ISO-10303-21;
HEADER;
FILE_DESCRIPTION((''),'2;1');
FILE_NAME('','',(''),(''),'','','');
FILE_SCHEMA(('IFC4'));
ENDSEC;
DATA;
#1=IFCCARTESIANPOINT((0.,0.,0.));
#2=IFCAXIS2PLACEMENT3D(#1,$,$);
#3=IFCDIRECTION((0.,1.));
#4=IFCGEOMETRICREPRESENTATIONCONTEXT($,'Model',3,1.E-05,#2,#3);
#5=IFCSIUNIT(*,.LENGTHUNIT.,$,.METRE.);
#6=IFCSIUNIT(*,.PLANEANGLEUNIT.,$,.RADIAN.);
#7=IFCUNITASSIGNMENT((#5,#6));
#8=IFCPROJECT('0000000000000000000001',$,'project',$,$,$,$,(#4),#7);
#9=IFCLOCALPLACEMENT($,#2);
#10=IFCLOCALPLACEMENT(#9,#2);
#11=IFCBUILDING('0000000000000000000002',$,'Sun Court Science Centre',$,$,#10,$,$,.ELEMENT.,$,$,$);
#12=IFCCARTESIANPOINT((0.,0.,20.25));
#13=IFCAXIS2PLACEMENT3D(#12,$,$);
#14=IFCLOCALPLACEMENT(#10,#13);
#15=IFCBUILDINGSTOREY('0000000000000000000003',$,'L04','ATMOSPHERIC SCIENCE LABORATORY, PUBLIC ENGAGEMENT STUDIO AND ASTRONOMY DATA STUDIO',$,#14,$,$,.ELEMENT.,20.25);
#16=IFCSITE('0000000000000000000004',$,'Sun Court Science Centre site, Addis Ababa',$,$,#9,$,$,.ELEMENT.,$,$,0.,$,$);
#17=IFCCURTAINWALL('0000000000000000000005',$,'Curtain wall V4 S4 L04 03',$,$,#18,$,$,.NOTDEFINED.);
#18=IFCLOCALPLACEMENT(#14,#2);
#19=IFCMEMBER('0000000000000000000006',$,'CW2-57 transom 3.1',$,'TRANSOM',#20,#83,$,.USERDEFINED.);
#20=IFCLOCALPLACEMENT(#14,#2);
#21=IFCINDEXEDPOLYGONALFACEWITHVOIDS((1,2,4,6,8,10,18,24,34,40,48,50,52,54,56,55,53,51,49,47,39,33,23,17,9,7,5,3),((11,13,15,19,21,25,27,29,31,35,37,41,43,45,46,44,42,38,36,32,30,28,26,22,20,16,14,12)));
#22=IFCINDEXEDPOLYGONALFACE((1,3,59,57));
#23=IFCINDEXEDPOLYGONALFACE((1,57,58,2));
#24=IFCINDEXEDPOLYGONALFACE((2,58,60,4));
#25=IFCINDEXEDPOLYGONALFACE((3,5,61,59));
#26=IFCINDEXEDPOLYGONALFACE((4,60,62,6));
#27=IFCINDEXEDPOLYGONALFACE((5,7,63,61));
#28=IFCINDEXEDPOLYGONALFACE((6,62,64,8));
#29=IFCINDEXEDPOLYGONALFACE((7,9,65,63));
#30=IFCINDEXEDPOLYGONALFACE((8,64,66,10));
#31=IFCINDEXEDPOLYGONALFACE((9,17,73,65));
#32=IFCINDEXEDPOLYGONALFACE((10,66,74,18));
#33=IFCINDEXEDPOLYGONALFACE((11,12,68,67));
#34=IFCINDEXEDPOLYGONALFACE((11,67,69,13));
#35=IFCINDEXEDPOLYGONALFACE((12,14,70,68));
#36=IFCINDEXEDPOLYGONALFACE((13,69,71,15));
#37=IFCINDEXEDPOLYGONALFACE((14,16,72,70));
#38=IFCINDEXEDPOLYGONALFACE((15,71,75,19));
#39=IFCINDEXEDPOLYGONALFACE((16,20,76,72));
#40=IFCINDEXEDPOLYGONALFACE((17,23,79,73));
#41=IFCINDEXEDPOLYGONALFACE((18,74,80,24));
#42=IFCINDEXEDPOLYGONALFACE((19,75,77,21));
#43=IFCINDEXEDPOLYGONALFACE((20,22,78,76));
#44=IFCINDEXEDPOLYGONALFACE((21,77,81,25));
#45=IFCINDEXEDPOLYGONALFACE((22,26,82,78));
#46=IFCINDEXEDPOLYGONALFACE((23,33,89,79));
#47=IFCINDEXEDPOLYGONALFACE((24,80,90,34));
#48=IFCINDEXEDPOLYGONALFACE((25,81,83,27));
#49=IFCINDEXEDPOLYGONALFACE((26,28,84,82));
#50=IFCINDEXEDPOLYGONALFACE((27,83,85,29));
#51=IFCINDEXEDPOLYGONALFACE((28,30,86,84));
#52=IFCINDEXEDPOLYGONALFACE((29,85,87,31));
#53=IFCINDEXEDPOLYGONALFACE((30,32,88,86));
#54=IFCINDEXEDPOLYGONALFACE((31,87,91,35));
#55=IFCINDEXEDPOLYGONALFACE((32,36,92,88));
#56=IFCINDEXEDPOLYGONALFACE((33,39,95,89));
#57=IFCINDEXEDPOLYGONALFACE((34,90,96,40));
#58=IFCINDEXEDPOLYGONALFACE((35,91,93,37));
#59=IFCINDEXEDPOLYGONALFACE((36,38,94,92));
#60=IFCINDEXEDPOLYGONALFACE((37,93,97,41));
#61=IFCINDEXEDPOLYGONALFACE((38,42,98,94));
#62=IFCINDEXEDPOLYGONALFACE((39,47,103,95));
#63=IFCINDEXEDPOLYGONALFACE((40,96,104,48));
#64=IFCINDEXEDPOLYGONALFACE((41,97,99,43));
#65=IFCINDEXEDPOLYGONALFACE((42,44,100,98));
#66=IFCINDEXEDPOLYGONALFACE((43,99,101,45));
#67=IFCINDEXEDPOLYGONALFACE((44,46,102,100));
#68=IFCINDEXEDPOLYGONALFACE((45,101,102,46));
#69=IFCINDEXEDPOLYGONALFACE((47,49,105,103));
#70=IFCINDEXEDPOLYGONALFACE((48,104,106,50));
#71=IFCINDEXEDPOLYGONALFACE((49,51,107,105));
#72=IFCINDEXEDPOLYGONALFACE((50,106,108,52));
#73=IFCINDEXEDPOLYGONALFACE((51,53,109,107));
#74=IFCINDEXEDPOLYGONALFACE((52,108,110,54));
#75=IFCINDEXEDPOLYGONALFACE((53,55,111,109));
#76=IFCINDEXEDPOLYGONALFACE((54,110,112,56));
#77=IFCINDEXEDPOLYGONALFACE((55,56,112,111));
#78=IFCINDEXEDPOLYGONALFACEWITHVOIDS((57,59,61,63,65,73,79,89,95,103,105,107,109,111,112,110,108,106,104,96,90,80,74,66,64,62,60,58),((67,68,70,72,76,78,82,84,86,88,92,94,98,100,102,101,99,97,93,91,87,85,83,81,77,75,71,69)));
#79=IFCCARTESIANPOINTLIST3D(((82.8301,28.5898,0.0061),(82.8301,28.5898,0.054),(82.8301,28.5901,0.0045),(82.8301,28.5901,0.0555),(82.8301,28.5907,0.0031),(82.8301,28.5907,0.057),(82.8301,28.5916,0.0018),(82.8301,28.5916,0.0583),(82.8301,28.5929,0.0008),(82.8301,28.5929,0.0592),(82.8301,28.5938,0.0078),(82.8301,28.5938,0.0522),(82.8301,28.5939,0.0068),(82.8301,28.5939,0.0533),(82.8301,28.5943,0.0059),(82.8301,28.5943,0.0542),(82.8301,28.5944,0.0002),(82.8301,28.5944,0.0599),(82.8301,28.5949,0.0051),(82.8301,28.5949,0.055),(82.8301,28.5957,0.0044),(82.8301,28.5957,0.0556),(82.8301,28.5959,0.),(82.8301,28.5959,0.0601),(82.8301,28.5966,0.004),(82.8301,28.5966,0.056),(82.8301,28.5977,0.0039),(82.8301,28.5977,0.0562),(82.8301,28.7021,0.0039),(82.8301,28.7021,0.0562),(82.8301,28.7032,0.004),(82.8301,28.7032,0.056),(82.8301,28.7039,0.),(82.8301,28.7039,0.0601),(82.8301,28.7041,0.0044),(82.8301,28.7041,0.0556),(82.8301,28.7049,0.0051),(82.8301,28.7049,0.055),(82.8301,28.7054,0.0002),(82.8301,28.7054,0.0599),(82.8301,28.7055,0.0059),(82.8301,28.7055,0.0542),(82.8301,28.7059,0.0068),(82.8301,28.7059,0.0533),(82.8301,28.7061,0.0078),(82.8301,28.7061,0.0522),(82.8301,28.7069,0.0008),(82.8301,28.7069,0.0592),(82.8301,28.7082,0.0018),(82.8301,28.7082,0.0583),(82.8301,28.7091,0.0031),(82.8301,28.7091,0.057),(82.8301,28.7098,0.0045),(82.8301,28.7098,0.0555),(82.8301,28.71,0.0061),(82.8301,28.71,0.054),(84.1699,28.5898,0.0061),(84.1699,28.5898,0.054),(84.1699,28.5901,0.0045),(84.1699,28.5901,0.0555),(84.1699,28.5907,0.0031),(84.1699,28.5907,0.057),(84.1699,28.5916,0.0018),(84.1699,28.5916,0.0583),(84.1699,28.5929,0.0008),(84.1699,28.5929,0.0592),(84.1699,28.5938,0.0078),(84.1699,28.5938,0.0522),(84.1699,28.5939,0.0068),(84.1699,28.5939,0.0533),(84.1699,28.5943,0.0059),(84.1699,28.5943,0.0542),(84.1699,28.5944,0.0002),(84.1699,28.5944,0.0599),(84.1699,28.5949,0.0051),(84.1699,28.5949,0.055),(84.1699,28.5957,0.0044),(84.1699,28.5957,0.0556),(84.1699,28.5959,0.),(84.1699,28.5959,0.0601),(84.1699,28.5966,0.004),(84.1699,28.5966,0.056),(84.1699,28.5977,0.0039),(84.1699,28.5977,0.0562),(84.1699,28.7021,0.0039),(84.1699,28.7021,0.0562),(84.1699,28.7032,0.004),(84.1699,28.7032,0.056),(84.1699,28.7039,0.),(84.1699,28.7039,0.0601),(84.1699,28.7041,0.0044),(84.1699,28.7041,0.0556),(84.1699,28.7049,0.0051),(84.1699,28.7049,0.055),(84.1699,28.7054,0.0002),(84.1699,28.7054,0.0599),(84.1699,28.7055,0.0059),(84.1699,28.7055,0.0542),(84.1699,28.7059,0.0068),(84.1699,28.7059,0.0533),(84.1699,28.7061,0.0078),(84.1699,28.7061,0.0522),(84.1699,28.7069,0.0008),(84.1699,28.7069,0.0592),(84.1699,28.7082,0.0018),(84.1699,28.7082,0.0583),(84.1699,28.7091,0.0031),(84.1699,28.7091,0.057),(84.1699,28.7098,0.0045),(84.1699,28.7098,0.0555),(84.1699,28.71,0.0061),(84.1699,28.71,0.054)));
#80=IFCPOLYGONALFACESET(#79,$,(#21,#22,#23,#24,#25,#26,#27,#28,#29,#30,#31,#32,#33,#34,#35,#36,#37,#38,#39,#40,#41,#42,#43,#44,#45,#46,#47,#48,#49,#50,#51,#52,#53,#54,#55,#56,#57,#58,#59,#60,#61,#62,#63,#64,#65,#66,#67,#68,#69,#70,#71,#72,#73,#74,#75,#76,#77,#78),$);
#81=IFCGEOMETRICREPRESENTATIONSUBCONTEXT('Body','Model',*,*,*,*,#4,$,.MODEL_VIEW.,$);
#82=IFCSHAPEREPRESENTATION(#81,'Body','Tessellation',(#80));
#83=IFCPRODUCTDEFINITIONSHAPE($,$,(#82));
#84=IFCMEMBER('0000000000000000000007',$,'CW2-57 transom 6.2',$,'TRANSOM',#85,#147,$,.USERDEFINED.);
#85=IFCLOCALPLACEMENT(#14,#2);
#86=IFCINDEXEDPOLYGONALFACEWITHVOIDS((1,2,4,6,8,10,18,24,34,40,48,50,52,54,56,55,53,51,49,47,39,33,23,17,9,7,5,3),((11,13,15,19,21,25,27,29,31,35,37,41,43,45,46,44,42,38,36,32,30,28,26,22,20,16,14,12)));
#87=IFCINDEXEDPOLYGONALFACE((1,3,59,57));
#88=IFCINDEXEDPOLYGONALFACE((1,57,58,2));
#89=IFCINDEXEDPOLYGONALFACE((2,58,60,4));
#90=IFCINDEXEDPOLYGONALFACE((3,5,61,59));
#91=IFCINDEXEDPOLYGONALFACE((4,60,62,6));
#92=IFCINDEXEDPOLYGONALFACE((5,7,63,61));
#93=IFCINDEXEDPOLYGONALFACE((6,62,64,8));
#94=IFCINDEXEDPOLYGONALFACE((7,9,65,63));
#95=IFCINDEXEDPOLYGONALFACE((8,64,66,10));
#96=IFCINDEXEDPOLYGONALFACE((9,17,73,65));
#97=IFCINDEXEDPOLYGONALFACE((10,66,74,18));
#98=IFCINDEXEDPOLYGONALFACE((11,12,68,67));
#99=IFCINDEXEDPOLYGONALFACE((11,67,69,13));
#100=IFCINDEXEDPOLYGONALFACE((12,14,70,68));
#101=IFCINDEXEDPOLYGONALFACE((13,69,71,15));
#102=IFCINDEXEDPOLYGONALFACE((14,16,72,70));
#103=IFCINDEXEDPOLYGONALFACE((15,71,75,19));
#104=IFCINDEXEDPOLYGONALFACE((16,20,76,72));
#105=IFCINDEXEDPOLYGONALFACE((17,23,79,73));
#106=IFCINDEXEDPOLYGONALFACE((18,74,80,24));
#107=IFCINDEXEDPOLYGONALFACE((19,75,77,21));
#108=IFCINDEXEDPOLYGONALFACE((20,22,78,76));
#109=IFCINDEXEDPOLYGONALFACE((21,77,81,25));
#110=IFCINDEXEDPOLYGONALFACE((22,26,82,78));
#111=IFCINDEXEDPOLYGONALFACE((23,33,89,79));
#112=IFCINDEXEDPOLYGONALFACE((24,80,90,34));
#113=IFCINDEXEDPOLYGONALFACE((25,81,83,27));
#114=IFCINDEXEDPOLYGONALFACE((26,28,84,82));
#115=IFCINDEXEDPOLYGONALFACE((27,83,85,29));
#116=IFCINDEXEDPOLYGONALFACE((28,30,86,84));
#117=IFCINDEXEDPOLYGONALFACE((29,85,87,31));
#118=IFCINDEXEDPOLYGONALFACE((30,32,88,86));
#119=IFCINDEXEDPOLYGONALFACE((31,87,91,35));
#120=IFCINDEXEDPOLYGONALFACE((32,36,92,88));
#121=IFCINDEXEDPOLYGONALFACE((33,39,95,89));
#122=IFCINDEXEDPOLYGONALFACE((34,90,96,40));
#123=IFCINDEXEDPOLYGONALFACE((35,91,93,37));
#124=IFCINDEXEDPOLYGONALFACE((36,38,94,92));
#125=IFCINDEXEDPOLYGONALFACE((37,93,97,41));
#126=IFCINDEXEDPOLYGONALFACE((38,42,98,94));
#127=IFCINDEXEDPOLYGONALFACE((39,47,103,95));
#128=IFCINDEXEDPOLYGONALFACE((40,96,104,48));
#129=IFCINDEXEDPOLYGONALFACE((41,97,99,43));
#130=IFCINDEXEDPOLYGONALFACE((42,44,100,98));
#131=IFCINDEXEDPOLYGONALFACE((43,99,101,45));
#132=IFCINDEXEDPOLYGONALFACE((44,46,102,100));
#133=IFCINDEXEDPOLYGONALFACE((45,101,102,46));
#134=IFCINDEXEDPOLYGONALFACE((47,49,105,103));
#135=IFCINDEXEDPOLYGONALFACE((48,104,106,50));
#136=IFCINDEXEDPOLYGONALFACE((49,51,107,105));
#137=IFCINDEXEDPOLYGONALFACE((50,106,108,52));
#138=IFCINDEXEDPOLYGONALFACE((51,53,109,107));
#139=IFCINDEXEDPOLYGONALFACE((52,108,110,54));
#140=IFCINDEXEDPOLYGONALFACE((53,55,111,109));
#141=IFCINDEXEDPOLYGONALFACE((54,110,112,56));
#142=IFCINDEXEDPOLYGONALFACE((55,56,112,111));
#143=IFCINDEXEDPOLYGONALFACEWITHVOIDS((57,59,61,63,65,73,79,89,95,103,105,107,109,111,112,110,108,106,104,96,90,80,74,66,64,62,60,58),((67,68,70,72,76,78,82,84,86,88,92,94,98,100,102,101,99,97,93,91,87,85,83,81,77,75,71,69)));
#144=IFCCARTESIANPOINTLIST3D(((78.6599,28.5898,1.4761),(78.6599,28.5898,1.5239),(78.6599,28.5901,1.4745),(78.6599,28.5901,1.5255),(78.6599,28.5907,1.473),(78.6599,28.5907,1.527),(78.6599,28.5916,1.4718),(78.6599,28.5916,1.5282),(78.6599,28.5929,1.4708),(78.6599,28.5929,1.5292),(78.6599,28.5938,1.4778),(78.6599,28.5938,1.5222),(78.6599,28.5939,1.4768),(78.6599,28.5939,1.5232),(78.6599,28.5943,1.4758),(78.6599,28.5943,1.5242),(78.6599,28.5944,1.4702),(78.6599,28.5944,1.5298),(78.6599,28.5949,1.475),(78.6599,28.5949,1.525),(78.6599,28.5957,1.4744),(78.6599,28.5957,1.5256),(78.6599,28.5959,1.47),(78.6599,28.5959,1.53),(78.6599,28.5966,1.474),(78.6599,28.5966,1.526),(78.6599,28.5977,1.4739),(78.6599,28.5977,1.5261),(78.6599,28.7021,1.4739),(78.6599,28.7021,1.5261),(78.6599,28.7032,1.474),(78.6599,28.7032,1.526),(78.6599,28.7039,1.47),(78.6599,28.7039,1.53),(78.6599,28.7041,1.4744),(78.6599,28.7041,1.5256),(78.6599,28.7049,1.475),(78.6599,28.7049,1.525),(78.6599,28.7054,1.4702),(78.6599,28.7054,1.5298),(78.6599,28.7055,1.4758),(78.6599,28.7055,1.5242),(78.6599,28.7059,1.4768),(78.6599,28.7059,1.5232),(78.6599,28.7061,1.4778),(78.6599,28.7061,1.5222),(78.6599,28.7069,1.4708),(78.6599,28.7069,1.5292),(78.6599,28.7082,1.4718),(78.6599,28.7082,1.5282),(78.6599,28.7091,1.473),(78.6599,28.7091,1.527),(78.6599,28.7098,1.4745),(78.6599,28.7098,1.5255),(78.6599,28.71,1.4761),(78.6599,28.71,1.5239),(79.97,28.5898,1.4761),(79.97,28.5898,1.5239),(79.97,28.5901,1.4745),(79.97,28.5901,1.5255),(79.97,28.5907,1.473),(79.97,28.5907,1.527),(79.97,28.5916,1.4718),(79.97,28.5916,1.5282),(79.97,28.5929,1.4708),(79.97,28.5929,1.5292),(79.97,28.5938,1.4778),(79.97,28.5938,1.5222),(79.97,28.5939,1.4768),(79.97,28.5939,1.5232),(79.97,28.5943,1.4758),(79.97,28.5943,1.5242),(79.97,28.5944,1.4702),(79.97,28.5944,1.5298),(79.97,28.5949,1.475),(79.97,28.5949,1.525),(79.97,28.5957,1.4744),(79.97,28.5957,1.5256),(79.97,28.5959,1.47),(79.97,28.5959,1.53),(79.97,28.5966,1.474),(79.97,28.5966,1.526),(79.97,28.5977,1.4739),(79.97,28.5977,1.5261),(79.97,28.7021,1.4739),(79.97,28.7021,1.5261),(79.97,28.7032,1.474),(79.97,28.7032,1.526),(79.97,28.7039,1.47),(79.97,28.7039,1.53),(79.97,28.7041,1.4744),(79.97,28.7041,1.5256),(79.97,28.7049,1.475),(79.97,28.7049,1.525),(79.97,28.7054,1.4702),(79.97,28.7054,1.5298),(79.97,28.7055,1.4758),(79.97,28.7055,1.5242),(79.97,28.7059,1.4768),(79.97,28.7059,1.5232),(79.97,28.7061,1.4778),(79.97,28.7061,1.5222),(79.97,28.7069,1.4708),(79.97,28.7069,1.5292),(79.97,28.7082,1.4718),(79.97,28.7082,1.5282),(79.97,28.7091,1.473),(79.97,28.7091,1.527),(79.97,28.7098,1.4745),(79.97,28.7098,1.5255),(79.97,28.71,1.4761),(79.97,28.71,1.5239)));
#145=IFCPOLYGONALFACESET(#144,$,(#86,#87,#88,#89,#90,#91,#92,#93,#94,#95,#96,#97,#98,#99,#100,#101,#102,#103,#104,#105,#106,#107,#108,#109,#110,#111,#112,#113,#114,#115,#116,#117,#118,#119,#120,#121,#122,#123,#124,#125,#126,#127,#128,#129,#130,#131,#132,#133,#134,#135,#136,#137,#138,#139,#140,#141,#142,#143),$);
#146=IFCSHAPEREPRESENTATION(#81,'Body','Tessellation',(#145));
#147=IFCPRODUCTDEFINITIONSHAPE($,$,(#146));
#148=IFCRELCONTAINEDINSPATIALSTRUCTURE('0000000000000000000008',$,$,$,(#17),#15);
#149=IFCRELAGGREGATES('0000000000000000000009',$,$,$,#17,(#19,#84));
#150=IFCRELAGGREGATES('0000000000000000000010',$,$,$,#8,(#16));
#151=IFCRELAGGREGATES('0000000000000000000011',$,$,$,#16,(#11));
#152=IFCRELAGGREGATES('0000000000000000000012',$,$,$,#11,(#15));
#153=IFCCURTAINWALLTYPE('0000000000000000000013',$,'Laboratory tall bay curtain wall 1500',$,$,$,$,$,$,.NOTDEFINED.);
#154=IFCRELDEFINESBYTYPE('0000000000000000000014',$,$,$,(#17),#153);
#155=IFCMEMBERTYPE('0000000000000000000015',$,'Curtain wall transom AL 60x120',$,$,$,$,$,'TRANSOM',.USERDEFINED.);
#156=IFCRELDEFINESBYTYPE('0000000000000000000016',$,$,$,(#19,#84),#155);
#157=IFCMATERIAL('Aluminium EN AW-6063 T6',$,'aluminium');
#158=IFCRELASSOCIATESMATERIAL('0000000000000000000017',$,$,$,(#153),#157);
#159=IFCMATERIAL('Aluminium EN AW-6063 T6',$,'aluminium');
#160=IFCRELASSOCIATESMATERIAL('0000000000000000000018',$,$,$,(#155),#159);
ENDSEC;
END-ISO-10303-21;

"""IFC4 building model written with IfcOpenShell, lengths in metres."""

from ifc_helpers import new_model, si_unit, direction, frame, origin, origin_2d, place, context, subcontext, project, spatial, hollow_rectangle, extrude, material, material_profile, profile_set, type_object, element, aggregate, save


model = new_model("IFC4")

# Units and contexts
model_context = context("Model", 3, precision=1e-05, world=origin(), true_north=direction((0.0, 1.0)))
body_context = subcontext(model_context, "Body", "Model", "MODEL_VIEW")
ifc_project = project(units=[si_unit("LENGTHUNIT", "METRE"), si_unit("PLANEANGLEUNIT", "RADIAN")], contexts=[model_context])

# Site, building, storey
site_placement = place(None, origin())
site = spatial("IfcSite", under=ifc_project, at=site_placement, Name="Sun Court Science Centre site, Addis Ababa", CompositionType="ELEMENT", RefElevation=0.0)
building_placement = place(site_placement, origin())
building = spatial("IfcBuilding", under=site, at=building_placement, Name="Sun Court Science Centre", CompositionType="ELEMENT")
storey_placement = place(building_placement, frame((0.0, 0.0, 20.25)))
storey = spatial("IfcBuildingStorey", under=building, at=storey_placement, Name="L04", Description="ATMOSPHERIC SCIENCE LABORATORY, PUBLIC ENGAGEMENT STUDIO AND ASTRONOMY DATA STUDIO", CompositionType="ELEMENT", Elevation=20.25)

# Curtain wall, members
ifc_material_1 = material(Name="Aluminium EN AW-6063 T6", Category="aluminium")
curtain_wall_type = type_object("IfcCurtainWallType", Name="Laboratory tall bay curtain wall 1500", PredefinedType="NOTDEFINED", material=ifc_material_1)
curtain_wall_placement = place(storey_placement, origin())
curtain_wall = element("IfcCurtainWall", 1, at=curtain_wall_placement, inside=storey, type_object=curtain_wall_type, Name="Curtain wall V4 S4 L04 03", PredefinedType="NOTDEFINED")
ifc_material_2 = material(Name="Aluminium EN AW-6063 T6", Category="aluminium")
ifc_material_profile_1 = material_profile(ifc_material_2, hollow_rectangle(XDim=0.0601, YDim=0.1201, WallThickness=0.0039, InnerFilletRadius=0.0039, OuterFilletRadius=0.0061, at=origin_2d()), Name="AL 60x120x4")
ifc_profile_set_1 = profile_set([ifc_material_profile_1], Name="Aluminium EN AW-6063 T6")
member_type_1 = type_object("IfcMemberType", Name="Curtain wall transom AL 60x120", ElementType="TRANSOM", PredefinedType="USERDEFINED", material=ifc_profile_set_1)
member_1_placement = place(storey_placement, frame((84.1699, 28.6499, 0.03), z_axis=(-1.0, 0.0, 0.0), x_axis=(0.0, 0.0, 1.0)))
member_1 = element("IfcMember", 2, at=member_1_placement, type_object=member_type_1, Name="CW2-57 transom 3.1", ObjectType="TRANSOM", PredefinedType="USERDEFINED", context=body_context, shape_type="SweptSolid", body=[
    extrude(hollow_rectangle(XDim=0.0601, YDim=0.1201, WallThickness=0.0039, InnerFilletRadius=0.0039, OuterFilletRadius=0.0061, at=origin_2d()), origin(), (0.0, 0.0, 1.0), 1.3398),
])
member_2_placement = place(storey_placement, frame((79.97, 28.6499, 1.5), z_axis=(-1.0, 0.0, 0.0), x_axis=(0.0, 0.0, 1.0)))
member_2 = element("IfcMember", 3, at=member_2_placement, type_object=member_type_1, Name="CW2-57 transom 6.2", ObjectType="TRANSOM", PredefinedType="USERDEFINED", context=body_context, shape_type="SweptSolid", body=[
    extrude(hollow_rectangle(XDim=0.0601, YDim=0.1201, WallThickness=0.0039, InnerFilletRadius=0.0039, OuterFilletRadius=0.0061, at=origin_2d()), origin(), (0.0, 0.0, 1.0), 1.3101),
])

aggregate(curtain_wall, [member_1, member_2])

save(model, "model.ifc")
